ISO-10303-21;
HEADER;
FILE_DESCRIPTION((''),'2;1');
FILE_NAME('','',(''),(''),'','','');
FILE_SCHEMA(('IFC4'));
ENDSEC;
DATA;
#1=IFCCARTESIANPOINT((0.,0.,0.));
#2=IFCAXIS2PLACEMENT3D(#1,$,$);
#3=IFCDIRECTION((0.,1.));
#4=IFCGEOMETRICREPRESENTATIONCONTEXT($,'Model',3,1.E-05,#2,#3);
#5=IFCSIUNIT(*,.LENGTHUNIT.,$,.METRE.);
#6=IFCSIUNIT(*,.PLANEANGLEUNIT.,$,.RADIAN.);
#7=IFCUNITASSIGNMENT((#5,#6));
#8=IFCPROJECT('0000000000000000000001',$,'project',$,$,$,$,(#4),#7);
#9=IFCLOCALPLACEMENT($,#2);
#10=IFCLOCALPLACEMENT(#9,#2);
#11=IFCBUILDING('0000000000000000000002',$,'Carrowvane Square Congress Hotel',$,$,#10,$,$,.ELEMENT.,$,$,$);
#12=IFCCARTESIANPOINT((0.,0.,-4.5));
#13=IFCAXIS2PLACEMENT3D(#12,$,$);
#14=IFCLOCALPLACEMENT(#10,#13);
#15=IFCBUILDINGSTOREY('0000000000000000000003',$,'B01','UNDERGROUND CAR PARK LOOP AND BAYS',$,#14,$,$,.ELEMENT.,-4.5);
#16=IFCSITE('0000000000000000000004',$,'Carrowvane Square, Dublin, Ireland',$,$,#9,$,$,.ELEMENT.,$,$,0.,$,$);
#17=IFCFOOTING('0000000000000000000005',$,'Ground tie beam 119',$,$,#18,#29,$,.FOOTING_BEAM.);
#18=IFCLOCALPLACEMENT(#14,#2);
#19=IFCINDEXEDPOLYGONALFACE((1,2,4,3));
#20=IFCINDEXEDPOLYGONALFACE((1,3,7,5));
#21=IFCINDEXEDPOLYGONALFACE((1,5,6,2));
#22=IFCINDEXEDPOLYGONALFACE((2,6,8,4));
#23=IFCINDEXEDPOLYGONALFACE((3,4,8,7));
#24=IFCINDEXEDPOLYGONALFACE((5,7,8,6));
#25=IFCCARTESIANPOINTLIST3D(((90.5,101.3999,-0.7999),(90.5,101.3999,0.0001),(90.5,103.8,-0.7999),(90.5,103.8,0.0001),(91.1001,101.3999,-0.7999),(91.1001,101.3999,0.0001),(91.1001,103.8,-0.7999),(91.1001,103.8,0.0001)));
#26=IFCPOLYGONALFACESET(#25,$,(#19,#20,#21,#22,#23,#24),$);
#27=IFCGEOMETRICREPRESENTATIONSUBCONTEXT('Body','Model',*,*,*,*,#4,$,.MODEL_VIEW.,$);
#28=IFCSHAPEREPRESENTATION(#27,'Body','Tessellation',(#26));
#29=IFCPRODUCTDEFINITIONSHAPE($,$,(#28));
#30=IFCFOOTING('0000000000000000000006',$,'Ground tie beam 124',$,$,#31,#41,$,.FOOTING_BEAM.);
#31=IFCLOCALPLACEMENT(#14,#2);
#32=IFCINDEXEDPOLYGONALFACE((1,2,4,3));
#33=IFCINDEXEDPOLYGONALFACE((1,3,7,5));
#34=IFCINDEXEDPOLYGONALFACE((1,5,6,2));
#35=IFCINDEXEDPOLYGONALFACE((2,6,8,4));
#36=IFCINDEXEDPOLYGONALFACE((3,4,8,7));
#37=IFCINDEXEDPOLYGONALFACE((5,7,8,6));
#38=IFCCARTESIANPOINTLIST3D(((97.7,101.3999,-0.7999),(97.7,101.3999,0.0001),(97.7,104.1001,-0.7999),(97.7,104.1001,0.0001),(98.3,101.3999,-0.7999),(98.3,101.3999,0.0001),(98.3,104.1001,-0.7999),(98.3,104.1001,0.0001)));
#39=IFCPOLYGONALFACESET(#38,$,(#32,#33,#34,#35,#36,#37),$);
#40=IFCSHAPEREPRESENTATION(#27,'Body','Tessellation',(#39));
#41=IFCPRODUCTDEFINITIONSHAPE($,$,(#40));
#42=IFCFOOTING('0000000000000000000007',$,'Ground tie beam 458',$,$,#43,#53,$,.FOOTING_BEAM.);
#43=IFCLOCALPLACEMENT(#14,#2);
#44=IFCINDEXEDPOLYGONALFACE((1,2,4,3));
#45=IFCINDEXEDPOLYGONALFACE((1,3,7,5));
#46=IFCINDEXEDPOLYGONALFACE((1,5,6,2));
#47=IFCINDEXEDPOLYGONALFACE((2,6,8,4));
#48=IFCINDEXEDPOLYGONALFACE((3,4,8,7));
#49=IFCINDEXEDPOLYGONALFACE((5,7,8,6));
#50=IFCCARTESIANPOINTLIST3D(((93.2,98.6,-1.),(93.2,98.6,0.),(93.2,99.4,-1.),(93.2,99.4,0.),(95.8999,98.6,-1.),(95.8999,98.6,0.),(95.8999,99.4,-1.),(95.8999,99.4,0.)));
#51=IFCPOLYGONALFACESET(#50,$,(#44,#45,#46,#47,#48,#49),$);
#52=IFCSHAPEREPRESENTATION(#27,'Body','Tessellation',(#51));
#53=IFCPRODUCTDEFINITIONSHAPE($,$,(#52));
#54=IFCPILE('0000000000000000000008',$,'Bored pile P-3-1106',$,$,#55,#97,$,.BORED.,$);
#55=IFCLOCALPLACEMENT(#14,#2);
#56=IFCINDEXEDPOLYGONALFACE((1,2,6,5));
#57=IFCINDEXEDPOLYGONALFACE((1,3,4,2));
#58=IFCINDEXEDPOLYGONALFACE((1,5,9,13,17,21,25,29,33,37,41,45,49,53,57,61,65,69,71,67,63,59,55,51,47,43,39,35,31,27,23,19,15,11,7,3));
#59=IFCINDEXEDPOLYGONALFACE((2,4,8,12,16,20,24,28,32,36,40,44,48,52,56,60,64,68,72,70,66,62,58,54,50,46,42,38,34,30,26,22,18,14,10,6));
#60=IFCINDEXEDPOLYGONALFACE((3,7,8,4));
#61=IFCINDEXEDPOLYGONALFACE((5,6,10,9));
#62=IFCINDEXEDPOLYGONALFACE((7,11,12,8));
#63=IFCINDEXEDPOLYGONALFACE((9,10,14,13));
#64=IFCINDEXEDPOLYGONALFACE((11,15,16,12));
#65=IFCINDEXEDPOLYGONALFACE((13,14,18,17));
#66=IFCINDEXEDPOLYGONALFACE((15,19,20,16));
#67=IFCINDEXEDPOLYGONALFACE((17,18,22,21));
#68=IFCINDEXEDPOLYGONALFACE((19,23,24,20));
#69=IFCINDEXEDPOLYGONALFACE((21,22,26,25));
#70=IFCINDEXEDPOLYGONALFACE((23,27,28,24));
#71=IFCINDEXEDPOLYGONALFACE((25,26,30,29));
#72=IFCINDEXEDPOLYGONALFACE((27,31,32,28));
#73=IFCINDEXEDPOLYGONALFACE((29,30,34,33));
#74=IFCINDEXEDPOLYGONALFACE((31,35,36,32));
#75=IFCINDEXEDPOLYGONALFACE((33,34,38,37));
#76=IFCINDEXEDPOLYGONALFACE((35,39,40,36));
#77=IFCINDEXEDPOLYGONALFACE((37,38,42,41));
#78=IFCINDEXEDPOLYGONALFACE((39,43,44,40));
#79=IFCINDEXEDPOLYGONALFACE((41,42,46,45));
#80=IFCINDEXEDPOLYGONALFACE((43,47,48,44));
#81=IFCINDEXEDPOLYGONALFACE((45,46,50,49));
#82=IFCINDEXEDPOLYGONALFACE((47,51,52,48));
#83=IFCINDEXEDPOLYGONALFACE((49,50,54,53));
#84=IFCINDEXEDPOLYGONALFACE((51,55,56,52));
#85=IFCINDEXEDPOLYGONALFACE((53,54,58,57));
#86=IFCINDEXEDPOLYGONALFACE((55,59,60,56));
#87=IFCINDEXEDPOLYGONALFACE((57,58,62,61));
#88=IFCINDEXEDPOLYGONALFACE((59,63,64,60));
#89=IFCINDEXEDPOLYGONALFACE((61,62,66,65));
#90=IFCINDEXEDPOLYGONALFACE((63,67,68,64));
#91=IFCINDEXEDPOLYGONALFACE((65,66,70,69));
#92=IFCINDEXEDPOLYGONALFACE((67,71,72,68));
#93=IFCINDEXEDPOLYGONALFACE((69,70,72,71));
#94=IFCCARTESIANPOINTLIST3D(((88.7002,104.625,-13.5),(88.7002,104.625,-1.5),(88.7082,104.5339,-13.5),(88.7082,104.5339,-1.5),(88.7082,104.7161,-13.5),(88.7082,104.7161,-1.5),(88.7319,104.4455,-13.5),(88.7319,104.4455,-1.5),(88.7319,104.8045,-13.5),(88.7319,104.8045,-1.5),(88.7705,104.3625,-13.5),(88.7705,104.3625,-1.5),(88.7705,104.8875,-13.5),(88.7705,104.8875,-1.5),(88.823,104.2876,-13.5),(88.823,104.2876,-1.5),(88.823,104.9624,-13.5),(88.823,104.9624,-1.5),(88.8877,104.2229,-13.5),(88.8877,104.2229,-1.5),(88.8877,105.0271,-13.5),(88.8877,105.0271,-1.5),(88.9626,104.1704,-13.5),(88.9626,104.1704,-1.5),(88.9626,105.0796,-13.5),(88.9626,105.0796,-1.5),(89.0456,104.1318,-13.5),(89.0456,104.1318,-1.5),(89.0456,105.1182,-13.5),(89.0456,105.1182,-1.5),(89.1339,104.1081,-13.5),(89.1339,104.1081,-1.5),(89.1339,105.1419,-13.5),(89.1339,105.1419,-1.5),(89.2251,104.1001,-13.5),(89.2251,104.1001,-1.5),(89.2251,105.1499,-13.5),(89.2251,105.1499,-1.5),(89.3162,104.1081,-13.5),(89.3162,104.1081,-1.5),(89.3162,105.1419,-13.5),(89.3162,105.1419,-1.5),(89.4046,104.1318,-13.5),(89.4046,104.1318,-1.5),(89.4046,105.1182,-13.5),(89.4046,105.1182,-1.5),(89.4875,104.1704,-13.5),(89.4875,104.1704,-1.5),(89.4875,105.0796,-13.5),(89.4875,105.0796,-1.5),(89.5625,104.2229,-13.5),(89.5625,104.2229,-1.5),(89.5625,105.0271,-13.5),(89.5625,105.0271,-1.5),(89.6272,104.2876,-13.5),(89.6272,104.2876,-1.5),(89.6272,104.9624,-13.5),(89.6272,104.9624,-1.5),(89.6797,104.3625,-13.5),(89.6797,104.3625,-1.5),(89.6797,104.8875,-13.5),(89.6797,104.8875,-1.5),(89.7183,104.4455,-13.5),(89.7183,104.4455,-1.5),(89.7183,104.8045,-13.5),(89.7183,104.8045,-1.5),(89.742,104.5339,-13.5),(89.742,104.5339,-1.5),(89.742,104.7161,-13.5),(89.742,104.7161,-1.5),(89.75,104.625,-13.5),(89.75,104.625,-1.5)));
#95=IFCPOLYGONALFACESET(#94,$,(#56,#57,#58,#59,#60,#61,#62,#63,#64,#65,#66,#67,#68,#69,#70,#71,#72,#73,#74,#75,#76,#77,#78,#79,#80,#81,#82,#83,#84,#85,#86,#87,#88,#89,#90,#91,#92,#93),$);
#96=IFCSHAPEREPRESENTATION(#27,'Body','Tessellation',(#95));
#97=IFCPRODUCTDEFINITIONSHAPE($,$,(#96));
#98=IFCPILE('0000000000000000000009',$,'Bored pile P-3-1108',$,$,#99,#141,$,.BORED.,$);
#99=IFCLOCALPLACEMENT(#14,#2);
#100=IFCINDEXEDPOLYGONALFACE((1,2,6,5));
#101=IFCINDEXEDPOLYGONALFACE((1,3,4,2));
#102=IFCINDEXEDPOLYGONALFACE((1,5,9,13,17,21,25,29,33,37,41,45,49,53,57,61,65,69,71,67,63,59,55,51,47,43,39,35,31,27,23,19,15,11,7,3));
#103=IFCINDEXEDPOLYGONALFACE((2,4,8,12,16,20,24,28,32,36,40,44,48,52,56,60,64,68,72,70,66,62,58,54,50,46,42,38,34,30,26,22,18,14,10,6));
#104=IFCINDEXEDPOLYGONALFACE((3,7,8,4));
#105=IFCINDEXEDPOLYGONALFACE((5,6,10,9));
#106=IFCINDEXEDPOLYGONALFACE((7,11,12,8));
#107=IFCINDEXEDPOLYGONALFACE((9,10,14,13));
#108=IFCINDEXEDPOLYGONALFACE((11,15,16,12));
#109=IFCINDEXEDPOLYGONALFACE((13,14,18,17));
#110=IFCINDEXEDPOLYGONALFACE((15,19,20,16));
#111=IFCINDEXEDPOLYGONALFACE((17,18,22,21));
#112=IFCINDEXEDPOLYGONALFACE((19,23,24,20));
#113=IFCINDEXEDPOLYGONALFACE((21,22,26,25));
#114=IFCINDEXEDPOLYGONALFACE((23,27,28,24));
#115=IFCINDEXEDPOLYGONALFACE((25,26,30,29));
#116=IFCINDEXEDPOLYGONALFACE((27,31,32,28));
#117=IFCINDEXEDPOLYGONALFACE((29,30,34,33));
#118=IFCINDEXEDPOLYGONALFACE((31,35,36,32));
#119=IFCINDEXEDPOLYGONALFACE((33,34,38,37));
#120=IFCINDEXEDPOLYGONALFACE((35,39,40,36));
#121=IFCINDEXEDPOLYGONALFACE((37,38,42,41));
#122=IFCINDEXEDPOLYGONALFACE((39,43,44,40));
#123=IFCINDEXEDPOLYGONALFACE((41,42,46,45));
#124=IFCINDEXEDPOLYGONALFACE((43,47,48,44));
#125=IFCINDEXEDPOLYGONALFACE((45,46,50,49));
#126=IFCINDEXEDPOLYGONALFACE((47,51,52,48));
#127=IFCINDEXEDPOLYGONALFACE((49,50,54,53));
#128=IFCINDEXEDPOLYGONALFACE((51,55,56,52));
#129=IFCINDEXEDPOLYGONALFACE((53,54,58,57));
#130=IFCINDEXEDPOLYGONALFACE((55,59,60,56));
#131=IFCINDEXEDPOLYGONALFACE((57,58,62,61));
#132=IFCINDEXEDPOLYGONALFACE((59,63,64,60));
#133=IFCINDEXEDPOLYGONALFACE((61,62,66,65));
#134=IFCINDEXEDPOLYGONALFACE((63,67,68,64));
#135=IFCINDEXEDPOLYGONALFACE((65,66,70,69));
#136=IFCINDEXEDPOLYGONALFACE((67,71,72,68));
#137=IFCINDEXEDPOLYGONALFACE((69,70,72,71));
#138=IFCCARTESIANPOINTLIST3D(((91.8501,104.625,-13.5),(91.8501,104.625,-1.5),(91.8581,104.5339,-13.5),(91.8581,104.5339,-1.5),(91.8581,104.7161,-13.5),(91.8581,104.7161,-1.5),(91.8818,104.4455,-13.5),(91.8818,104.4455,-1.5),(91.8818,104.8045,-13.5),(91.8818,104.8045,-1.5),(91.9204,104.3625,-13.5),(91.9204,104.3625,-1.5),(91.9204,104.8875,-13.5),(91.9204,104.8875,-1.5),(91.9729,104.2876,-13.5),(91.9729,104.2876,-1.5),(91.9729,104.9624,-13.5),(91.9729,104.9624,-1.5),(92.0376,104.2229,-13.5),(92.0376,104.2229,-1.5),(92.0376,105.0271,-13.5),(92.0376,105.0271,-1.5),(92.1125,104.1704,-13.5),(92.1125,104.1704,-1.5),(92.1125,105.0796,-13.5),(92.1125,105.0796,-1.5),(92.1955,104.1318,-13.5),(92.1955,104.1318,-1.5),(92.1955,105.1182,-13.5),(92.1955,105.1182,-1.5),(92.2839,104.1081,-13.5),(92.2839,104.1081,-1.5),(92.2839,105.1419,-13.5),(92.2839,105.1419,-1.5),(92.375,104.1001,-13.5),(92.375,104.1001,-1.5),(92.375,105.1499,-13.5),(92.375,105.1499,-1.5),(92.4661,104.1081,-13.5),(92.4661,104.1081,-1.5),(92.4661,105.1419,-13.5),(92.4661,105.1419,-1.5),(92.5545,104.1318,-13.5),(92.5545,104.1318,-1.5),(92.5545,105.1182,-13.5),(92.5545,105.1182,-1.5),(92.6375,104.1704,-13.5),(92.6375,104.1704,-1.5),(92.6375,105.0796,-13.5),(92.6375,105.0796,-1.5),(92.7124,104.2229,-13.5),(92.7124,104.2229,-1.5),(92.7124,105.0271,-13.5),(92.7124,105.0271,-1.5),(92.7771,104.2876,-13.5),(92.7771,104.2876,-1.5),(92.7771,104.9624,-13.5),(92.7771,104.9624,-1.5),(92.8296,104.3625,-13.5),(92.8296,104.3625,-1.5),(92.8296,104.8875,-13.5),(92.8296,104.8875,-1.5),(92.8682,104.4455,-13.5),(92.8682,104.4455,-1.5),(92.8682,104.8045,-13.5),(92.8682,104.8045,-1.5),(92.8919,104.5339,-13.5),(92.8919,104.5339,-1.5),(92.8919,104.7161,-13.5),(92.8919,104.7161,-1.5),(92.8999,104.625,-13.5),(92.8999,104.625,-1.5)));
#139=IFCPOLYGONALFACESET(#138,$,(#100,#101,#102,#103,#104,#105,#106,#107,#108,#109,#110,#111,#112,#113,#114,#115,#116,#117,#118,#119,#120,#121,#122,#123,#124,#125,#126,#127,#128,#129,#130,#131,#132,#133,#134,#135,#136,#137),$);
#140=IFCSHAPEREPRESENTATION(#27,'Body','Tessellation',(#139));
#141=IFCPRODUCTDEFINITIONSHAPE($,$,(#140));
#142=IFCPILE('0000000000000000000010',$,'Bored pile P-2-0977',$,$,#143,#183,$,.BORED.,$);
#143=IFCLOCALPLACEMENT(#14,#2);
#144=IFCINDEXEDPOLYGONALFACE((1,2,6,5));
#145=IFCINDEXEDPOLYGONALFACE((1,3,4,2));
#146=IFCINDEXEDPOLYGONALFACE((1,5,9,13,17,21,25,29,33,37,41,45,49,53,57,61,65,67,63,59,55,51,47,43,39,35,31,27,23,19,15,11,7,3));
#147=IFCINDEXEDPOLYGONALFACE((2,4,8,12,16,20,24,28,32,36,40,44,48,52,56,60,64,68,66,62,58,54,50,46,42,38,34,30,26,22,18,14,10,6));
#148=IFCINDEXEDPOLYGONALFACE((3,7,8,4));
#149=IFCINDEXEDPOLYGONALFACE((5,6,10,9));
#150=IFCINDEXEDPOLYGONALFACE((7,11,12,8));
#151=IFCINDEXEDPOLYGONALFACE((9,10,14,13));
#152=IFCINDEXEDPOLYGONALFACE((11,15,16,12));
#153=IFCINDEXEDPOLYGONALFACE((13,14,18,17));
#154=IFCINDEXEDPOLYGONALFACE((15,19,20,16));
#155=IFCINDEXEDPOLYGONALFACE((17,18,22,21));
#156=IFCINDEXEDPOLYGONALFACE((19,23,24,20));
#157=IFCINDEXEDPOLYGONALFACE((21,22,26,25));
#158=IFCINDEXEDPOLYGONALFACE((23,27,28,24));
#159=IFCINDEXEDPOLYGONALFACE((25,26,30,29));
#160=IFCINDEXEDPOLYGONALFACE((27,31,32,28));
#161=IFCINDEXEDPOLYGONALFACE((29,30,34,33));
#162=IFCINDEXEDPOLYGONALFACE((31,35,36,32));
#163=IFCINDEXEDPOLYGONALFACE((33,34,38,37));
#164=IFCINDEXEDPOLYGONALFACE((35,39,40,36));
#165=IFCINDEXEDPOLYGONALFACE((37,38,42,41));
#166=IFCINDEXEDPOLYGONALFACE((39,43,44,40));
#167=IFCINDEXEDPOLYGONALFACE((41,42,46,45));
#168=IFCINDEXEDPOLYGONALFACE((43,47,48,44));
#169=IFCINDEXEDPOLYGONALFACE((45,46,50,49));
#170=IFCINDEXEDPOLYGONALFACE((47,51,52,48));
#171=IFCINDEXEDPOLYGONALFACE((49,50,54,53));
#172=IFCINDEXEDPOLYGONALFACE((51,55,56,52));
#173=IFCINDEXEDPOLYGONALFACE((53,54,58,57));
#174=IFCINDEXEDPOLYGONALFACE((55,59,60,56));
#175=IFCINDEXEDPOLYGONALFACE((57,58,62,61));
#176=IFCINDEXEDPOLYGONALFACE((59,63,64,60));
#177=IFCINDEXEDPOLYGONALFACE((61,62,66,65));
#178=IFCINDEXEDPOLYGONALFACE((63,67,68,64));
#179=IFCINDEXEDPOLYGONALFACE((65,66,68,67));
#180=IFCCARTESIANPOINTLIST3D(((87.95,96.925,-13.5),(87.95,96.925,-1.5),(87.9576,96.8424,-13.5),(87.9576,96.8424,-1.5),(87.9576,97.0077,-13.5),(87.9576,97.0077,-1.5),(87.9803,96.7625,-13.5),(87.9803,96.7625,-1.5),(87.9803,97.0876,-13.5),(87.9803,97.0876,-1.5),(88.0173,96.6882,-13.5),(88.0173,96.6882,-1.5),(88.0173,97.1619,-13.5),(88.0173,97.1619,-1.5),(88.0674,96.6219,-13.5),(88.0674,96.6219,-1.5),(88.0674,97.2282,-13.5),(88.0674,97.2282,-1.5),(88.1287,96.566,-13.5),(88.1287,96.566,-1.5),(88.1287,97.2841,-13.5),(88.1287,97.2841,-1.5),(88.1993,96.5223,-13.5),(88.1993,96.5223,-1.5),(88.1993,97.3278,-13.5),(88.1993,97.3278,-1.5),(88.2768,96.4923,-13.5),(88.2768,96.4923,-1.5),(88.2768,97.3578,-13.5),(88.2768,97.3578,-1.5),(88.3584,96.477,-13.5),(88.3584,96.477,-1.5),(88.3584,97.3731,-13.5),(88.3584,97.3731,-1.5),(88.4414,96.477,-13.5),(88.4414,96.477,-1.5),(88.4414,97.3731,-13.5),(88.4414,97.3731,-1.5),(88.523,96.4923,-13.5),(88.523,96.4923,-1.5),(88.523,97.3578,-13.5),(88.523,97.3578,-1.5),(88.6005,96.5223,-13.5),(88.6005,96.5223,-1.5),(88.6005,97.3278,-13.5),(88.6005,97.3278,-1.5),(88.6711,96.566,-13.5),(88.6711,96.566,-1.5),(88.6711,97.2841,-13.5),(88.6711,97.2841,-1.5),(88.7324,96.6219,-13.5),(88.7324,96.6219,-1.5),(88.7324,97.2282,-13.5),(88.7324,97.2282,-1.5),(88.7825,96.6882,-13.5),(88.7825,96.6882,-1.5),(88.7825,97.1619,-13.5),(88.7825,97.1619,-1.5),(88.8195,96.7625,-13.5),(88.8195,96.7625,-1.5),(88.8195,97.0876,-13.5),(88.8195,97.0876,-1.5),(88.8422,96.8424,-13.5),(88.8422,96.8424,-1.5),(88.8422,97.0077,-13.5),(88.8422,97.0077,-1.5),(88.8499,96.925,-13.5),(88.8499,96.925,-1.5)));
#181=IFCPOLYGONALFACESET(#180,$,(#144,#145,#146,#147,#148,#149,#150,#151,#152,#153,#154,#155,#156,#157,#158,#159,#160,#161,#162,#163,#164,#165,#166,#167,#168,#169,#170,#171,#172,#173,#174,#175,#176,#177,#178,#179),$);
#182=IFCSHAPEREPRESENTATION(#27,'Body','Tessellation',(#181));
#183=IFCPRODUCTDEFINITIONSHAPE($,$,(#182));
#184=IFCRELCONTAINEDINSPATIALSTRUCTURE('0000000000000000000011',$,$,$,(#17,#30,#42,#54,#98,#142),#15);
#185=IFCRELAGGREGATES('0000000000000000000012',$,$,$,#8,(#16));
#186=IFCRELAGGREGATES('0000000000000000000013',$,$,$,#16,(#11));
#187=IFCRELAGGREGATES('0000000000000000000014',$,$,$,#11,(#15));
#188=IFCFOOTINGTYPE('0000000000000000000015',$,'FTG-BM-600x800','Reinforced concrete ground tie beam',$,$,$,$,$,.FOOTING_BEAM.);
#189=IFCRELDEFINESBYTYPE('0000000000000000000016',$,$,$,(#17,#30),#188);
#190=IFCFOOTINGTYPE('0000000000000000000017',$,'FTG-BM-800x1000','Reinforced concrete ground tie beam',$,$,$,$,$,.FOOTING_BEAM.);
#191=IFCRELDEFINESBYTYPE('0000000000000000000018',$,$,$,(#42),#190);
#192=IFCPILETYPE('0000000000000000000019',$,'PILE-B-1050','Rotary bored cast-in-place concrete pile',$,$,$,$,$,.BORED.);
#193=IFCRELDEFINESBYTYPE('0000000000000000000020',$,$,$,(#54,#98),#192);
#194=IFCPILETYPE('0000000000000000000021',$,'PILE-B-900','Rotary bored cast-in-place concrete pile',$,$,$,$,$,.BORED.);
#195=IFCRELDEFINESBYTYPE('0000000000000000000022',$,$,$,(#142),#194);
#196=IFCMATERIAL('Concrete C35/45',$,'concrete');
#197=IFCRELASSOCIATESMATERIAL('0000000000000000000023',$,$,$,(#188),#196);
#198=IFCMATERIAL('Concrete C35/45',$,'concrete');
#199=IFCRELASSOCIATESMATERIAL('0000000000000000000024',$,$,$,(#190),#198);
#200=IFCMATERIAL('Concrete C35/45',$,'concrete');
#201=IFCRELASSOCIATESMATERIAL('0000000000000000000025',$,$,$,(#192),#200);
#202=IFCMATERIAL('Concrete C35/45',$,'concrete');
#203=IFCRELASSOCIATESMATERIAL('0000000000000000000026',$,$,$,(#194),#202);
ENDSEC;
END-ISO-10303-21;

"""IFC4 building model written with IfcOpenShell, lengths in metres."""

from ifc_helpers import new_model, si_unit, direction, frame, origin, origin_2d, place, context, subcontext, project, spatial, rectangle, circle, extrude, material, material_profile, profile_set, type_object, element, save


model = new_model("IFC4")

# Units and contexts
model_context = context("Model", 3, precision=1e-05, world=origin(), true_north=direction((0.0, 1.0)))
body_context = subcontext(model_context, "Body", "Model", "MODEL_VIEW")
ifc_project = project(units=[si_unit("LENGTHUNIT", "METRE"), si_unit("PLANEANGLEUNIT", "RADIAN")], contexts=[model_context])

# Site, building, storey
site_placement = place(None, origin())
site = spatial("IfcSite", under=ifc_project, at=site_placement, Name="Carrowvane Square, Dublin, Ireland", CompositionType="ELEMENT", RefElevation=0.0)
building_placement = place(site_placement, origin())
building = spatial("IfcBuilding", under=site, at=building_placement, Name="Carrowvane Square Congress Hotel", CompositionType="ELEMENT")
storey_placement = place(building_placement, frame((0.0, 0.0, -4.5)))
storey = spatial("IfcBuildingStorey", under=building, at=storey_placement, Name="B01", Description="UNDERGROUND CAR PARK LOOP AND BAYS", CompositionType="ELEMENT", Elevation=-4.5)

# Footings
ifc_material_1 = material(Name="Concrete C35/45", Category="concrete")
ifc_material_profile_1 = material_profile(ifc_material_1, rectangle(XDim=0.6001, YDim=0.8, at=origin_2d()), Name="RC 600x800")
ifc_profile_set_1 = profile_set([ifc_material_profile_1], Name="Concrete C35/45")
footing_type_1 = type_object("IfcFootingType", Name="FTG-BM-600x800", Description="Reinforced concrete ground tie beam", PredefinedType="FOOTING_BEAM", material=ifc_profile_set_1)
footing_1_placement = place(storey_placement, frame((90.8, 101.3999, -0.3999), z_axis=(0.0, 1.0, 0.0), x_axis=(-1.0, 0.0, 0.0)))
element("IfcFooting", 1, at=footing_1_placement, inside=storey, type_object=footing_type_1, Name="Ground tie beam 119", PredefinedType="FOOTING_BEAM", context=body_context, shape_type="SweptSolid", body=[
    extrude(rectangle(XDim=0.6001, YDim=0.8, at=origin_2d()), origin(), (0.0, 0.0, 1.0), 2.4001),
])
footing_2_placement = place(storey_placement, frame((98.0, 101.3999, -0.3999), z_axis=(0.0, 1.0, 0.0), x_axis=(-1.0, 0.0, 0.0)))
element("IfcFooting", 2, at=footing_2_placement, inside=storey, type_object=footing_type_1, Name="Ground tie beam 124", PredefinedType="FOOTING_BEAM", context=body_context, shape_type="SweptSolid", body=[
    extrude(rectangle(XDim=0.6001, YDim=0.8, at=origin_2d()), origin(), (0.0, 0.0, 1.0), 2.7002),
])
ifc_material_2 = material(Name="Concrete C35/45", Category="concrete")
ifc_material_profile_2 = material_profile(ifc_material_2, rectangle(XDim=0.8, YDim=1.0, at=origin_2d()), Name="RC 800x1000")
ifc_profile_set_2 = profile_set([ifc_material_profile_2], Name="Concrete C35/45")
footing_type_2 = type_object("IfcFootingType", Name="FTG-BM-800x1000", Description="Reinforced concrete ground tie beam", PredefinedType="FOOTING_BEAM", material=ifc_profile_set_2)
footing_3_placement = place(storey_placement, frame((93.2, 99.0, -0.5), z_axis=(1.0, 0.0, 0.0), x_axis=(0.0, 1.0, 0.0)))
element("IfcFooting", 3, at=footing_3_placement, inside=storey, type_object=footing_type_2, Name="Ground tie beam 458", PredefinedType="FOOTING_BEAM", context=body_context, shape_type="SweptSolid", body=[
    extrude(rectangle(XDim=0.8, YDim=1.0, at=origin_2d()), origin(), (0.0, 0.0, 1.0), 2.7),
])

# Piles
ifc_material_3 = material(Name="Concrete C35/45", Category="concrete")
ifc_material_profile_3 = material_profile(ifc_material_3, circle(Radius=0.5249, at=origin_2d()), Name="PILE D1050")
ifc_profile_set_3 = profile_set([ifc_material_profile_3], Name="Concrete C35/45")
pile_type_1 = type_object("IfcPileType", Name="PILE-B-1050", Description="Rotary bored cast-in-place concrete pile", PredefinedType="BORED", material=ifc_profile_set_3)
for number, where, z_axis, x_axis, name in (
    (4, (89.2251, 104.625, -1.5), (0.0, 0.0, -1.0), (1.0, 0.0, 0.0), "Bored pile P-3-1106"),
    (5, (92.375, 104.625, -1.5), (0.0, 0.0, -1.0), (1.0, 0.0, 0.0), "Bored pile P-3-1108"),
):
    element("IfcPile", number, at=place(storey_placement, frame(where, z_axis=z_axis, x_axis=x_axis)), inside=storey, type_object=pile_type_1, Name=name, PredefinedType="BORED", context=body_context, shape_type="SweptSolid", body=[
        extrude(circle(Radius=0.5249, at=origin_2d()), origin(), (0.0, 0.0, 1.0), 12.0),
    ])
ifc_material_4 = material(Name="Concrete C35/45", Category="concrete")
ifc_material_profile_4 = material_profile(ifc_material_4, circle(Radius=0.45, at=origin_2d()), Name="PILE D900")
ifc_profile_set_4 = profile_set([ifc_material_profile_4], Name="Concrete C35/45")
pile_type_2 = type_object("IfcPileType", Name="PILE-B-900", Description="Rotary bored cast-in-place concrete pile", PredefinedType="BORED", material=ifc_profile_set_4)
for number, where, z_axis, x_axis, name in (
    (6, (88.3999, 96.925, -1.5), (0.0, 0.0, -1.0), (1.0, 0.0, 0.0), "Bored pile P-2-0977"),
):
    element("IfcPile", number, at=place(storey_placement, frame(where, z_axis=z_axis, x_axis=x_axis)), inside=storey, type_object=pile_type_2, Name=name, PredefinedType="BORED", context=body_context, shape_type="SweptSolid", body=[
        extrude(circle(Radius=0.45, at=origin_2d()), origin(), (0.0, 0.0, 1.0), 12.0),
    ])

save(model, "model.ifc")
